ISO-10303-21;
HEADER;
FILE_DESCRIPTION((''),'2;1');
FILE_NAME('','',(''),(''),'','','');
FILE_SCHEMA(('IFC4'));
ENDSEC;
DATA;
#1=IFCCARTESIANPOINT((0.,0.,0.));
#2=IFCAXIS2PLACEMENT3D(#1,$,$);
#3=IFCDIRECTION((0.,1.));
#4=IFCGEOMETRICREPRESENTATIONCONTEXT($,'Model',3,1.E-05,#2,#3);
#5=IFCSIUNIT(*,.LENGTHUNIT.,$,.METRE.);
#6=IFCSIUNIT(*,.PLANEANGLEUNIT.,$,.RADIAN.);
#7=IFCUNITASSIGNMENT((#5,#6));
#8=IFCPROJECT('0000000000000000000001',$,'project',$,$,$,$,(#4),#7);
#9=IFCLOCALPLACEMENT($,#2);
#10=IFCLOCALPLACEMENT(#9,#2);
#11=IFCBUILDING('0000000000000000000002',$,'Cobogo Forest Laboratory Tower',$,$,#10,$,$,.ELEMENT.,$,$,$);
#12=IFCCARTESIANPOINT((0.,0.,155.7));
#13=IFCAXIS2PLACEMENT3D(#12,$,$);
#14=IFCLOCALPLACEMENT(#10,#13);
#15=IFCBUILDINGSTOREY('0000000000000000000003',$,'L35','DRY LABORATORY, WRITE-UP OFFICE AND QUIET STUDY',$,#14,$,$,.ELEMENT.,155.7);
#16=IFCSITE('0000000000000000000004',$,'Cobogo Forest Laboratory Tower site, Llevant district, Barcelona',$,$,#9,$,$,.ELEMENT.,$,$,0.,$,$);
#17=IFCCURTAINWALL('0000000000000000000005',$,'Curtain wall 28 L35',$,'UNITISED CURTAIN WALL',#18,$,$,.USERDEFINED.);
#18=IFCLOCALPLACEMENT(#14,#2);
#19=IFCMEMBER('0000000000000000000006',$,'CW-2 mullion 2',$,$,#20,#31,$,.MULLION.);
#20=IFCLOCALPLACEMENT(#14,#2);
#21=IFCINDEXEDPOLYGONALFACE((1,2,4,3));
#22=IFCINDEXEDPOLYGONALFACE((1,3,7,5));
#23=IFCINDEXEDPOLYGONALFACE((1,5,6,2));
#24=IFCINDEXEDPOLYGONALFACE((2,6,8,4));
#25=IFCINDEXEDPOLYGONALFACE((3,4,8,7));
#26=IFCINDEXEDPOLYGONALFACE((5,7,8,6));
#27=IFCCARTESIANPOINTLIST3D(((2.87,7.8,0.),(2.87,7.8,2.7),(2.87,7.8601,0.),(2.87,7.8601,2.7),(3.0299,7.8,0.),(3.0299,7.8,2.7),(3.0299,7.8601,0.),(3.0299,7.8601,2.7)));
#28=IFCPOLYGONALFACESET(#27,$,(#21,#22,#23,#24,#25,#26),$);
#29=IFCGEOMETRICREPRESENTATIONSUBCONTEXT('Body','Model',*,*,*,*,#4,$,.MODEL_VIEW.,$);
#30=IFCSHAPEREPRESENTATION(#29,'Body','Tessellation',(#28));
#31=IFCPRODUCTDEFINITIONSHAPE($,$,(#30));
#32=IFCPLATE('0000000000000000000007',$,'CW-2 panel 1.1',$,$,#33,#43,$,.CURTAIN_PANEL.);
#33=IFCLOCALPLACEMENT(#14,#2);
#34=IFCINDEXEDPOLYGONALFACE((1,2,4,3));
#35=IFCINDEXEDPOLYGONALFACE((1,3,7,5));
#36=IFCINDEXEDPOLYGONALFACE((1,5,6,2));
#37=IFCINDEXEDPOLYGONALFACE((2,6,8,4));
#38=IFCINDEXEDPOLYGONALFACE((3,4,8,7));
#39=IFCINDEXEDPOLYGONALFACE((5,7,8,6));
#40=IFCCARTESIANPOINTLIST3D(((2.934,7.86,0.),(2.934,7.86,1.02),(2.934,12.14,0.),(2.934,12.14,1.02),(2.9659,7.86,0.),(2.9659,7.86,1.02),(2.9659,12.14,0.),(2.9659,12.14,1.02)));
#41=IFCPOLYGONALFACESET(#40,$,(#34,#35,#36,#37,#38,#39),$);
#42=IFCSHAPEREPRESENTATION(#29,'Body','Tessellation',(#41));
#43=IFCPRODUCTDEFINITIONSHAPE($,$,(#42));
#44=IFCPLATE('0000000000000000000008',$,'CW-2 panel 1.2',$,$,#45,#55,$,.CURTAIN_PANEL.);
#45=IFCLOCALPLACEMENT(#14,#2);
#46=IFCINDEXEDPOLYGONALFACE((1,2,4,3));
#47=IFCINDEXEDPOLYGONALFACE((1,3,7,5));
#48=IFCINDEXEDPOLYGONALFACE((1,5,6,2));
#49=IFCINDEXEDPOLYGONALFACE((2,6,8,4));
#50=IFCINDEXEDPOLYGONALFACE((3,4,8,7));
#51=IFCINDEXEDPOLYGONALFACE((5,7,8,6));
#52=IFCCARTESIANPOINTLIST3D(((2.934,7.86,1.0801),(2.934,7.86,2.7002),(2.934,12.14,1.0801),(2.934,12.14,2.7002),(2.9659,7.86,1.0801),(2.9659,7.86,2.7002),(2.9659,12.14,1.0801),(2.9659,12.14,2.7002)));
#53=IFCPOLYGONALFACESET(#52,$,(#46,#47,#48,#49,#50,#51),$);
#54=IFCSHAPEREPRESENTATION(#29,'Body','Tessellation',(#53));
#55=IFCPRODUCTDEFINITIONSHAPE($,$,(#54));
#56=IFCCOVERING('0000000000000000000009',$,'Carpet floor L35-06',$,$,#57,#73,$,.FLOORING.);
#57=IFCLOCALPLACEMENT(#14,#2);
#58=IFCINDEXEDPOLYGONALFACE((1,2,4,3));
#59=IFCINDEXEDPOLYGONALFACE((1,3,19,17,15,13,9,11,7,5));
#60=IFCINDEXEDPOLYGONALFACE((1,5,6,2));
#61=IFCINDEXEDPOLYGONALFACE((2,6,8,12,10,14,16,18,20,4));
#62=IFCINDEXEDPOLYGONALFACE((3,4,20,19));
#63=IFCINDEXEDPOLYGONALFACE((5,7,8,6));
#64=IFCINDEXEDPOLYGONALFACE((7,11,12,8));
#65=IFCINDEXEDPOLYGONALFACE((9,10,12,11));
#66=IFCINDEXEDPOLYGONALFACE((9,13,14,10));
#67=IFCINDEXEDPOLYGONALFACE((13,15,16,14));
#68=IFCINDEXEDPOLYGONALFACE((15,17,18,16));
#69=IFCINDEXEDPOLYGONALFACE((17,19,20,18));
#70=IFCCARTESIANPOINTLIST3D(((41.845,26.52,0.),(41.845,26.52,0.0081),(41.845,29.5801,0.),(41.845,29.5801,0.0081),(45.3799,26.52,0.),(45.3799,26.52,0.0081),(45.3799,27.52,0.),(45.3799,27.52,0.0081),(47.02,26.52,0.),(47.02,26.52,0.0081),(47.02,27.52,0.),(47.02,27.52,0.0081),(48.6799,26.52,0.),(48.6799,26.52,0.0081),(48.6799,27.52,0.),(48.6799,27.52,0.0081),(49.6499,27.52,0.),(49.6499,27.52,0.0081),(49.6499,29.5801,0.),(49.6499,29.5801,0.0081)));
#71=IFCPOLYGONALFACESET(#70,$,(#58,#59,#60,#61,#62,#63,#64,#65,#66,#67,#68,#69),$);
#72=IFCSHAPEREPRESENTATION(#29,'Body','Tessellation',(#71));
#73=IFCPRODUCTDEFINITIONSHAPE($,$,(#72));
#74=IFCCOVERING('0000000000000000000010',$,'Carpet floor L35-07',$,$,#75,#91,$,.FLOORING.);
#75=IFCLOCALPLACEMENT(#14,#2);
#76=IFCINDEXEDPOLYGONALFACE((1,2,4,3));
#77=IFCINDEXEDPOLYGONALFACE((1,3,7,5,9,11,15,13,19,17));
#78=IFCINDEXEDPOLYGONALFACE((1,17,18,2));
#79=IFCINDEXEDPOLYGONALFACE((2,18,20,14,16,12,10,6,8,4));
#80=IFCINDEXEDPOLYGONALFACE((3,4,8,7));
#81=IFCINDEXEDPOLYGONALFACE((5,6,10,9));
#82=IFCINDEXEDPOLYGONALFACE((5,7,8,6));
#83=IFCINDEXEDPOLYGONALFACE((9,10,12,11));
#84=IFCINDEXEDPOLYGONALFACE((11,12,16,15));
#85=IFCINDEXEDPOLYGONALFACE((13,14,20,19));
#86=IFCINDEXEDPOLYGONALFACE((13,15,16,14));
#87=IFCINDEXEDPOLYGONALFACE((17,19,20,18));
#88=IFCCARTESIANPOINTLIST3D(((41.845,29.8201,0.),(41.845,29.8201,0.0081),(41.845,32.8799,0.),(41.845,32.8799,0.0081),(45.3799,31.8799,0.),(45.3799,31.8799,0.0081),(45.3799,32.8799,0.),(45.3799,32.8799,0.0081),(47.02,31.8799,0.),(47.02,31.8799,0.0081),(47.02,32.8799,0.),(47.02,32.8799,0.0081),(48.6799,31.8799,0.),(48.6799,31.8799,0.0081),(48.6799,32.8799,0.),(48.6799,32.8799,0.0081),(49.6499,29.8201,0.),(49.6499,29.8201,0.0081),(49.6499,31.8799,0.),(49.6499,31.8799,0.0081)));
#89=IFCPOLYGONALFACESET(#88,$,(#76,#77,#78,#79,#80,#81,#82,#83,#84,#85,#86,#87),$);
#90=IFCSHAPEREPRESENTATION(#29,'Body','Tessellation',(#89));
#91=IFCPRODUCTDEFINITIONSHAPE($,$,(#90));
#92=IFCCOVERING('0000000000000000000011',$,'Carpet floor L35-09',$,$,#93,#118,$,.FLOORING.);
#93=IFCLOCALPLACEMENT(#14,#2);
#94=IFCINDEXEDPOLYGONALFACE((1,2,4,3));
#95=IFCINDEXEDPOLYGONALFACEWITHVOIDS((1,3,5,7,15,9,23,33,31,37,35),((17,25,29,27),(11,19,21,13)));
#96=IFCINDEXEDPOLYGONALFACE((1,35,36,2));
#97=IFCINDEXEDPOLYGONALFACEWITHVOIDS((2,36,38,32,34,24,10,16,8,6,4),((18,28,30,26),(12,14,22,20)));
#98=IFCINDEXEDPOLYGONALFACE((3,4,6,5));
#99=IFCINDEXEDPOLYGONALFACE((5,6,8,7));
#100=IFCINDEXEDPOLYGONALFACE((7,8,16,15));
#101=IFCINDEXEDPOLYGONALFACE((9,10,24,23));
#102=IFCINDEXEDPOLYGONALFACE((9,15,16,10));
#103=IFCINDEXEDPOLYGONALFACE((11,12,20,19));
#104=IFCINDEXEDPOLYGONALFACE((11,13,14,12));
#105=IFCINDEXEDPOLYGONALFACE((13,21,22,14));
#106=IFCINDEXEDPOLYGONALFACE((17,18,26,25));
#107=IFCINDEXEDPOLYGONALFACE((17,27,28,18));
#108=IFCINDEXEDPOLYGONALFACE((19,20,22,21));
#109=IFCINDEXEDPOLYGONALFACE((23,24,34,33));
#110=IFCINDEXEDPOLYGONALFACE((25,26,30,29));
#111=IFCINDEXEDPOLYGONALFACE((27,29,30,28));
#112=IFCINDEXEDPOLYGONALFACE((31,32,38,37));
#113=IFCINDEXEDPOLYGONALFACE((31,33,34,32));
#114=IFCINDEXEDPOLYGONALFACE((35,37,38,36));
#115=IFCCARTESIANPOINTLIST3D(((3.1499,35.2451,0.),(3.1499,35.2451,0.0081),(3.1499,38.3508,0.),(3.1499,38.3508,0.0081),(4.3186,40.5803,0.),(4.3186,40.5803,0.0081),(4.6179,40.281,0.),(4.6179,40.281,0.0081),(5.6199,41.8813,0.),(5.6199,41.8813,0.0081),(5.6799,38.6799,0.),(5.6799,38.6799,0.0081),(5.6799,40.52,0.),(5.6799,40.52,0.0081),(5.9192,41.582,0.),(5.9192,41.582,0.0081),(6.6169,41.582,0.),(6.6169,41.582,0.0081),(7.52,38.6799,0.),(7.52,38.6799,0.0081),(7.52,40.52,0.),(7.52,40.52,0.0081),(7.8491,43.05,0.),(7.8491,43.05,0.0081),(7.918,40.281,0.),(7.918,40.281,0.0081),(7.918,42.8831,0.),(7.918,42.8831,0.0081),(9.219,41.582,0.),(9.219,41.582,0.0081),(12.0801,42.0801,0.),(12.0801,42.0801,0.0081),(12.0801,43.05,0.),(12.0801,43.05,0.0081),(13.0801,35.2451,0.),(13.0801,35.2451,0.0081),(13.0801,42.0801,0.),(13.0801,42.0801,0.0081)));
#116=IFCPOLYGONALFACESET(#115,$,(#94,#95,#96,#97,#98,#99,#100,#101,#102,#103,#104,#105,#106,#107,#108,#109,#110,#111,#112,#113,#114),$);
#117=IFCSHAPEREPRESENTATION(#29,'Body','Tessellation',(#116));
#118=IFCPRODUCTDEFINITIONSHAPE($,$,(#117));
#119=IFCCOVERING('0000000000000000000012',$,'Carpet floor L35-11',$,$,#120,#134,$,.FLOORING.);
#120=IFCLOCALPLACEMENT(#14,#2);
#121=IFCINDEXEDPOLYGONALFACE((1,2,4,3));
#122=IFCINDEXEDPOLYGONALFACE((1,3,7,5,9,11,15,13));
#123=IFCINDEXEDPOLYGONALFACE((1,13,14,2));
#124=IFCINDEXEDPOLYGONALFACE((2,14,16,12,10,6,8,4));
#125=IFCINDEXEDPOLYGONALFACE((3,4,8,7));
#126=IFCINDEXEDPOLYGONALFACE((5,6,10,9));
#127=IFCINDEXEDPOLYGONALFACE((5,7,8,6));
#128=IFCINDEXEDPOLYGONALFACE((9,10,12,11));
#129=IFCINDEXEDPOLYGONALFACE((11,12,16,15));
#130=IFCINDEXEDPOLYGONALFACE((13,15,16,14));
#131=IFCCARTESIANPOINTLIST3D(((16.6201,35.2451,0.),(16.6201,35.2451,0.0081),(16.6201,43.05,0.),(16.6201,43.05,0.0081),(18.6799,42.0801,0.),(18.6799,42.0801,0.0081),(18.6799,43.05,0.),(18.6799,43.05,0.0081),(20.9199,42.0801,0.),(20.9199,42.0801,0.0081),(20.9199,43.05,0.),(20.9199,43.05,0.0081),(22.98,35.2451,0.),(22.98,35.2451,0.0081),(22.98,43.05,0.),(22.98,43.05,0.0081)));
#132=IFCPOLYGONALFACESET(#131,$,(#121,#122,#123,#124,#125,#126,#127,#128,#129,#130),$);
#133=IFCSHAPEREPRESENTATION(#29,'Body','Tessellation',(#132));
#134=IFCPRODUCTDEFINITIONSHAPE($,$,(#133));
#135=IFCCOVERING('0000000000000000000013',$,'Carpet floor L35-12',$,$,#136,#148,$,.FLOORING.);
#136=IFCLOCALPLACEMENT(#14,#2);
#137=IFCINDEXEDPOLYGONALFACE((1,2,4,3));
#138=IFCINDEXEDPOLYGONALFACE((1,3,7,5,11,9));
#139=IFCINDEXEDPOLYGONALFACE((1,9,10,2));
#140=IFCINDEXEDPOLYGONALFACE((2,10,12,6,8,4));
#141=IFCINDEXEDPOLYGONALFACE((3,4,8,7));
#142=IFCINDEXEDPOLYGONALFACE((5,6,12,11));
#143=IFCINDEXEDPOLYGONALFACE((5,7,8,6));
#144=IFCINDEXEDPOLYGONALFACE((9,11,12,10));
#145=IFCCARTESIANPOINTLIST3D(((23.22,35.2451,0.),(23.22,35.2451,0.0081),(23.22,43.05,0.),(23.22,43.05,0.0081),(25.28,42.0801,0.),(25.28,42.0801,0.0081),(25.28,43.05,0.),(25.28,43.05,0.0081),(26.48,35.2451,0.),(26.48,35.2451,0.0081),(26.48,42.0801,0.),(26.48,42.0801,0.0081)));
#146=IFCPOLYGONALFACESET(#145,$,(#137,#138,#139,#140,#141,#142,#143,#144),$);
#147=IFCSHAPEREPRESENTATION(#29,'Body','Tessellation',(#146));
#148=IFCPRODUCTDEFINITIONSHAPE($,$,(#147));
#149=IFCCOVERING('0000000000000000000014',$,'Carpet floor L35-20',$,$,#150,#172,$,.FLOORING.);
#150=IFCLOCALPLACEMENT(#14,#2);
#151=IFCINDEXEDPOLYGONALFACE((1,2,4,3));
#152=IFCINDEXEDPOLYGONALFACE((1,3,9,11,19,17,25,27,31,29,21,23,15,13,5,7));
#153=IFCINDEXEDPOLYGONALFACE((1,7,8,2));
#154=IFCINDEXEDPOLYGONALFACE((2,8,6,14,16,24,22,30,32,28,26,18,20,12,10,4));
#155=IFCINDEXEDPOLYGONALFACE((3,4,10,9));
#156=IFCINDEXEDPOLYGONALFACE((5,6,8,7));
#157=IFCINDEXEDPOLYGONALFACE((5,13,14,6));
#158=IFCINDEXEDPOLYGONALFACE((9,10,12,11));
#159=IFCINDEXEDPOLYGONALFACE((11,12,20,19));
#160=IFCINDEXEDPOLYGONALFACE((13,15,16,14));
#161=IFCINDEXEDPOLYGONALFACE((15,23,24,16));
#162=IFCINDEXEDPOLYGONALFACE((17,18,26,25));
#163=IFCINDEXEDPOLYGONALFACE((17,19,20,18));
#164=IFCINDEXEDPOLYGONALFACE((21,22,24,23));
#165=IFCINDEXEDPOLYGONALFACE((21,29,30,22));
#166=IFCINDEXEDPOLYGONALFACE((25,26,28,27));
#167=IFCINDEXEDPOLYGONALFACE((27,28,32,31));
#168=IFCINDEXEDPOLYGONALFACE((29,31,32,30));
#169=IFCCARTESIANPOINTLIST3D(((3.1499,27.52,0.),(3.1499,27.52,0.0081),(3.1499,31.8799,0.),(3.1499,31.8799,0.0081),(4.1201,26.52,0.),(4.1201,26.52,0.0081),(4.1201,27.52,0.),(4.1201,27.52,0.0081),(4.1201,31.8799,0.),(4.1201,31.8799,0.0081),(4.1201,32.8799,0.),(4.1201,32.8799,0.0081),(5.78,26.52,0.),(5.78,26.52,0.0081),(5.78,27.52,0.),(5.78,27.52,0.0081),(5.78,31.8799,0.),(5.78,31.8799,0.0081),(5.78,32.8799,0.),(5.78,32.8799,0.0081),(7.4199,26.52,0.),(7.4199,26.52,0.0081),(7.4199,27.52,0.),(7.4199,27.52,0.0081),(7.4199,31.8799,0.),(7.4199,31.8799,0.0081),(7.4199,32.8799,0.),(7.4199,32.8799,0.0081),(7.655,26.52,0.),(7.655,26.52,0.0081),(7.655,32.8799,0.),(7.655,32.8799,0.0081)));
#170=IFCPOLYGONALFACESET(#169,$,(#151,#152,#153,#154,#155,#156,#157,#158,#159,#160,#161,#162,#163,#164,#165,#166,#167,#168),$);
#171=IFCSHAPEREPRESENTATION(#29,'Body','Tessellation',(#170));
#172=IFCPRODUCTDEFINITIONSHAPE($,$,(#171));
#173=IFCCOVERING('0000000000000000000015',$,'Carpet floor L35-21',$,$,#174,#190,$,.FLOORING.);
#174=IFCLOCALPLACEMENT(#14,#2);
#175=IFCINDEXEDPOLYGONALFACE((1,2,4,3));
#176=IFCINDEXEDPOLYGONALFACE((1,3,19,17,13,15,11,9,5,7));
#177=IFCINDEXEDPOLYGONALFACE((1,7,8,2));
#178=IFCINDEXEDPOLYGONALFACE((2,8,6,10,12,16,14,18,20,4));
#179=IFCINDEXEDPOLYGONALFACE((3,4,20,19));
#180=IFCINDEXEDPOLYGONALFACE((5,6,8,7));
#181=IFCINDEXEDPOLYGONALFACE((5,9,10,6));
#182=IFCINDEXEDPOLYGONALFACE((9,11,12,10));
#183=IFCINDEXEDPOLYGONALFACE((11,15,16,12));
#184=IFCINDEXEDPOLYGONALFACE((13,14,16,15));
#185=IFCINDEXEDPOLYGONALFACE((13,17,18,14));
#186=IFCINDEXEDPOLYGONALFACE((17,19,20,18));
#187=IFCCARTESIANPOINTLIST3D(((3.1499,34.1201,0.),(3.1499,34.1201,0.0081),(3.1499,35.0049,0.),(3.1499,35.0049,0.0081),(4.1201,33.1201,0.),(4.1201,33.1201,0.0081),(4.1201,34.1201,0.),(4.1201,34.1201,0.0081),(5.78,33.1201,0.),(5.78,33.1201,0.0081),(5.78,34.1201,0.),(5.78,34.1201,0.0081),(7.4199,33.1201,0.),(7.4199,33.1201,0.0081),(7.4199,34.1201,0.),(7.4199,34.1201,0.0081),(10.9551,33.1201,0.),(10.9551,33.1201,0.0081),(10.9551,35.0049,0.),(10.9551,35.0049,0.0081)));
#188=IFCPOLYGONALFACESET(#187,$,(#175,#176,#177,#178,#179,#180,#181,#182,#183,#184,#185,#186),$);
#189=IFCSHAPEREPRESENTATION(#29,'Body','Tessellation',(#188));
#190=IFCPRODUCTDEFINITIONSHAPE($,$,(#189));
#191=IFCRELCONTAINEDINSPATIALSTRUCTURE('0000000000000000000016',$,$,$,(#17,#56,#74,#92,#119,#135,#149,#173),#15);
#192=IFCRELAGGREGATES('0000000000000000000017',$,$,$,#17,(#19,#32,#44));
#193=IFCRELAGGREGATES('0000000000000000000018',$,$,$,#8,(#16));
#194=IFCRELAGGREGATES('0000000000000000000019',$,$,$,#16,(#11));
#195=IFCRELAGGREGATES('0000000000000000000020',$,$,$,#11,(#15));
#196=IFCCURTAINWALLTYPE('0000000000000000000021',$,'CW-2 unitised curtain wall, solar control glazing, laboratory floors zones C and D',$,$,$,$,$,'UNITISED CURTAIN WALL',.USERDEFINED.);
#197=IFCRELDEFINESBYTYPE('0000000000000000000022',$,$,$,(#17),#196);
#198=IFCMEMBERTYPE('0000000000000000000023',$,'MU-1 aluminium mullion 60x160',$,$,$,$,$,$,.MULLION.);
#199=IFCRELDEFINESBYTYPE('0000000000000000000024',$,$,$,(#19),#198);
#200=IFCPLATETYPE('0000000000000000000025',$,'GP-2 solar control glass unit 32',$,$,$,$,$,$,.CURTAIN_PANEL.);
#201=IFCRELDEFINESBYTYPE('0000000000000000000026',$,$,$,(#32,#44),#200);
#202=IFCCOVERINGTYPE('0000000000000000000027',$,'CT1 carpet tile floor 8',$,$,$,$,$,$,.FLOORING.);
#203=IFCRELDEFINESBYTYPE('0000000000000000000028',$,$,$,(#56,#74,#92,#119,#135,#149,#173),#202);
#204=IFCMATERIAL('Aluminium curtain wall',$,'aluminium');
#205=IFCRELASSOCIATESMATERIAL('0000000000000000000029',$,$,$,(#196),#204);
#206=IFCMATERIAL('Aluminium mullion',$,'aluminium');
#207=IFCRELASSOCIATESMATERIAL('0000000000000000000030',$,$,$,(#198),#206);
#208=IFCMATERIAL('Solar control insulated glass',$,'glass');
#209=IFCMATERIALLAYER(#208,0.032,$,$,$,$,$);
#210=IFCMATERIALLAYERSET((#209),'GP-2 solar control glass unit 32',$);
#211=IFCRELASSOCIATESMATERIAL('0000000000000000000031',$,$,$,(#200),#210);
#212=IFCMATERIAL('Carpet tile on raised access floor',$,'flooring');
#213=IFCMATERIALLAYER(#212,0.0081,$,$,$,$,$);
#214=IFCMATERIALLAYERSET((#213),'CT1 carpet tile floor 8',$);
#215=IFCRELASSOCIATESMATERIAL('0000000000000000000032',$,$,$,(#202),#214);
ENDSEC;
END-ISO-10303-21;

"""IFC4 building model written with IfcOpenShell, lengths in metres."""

from ifc_helpers import new_model, si_unit, direction, frame, origin, origin_2d, place, context, subcontext, project, spatial, polyline, rectangle, outline, extrude, material, layer, layer_set, material_profile, profile_set, type_object, element, aggregate, save


model = new_model("IFC4")

# Units and contexts
model_context = context("Model", 3, precision=1e-05, world=origin(), true_north=direction((0.0, 1.0)))
body_context = subcontext(model_context, "Body", "Model", "MODEL_VIEW")
ifc_project = project(units=[si_unit("LENGTHUNIT", "METRE"), si_unit("PLANEANGLEUNIT", "RADIAN")], contexts=[model_context])

# Site, building, storey
site_placement = place(None, origin())
site = spatial("IfcSite", under=ifc_project, at=site_placement, Name="Cobogo Forest Laboratory Tower site, Llevant district, Barcelona", CompositionType="ELEMENT", RefElevation=0.0)
building_placement = place(site_placement, origin())
building = spatial("IfcBuilding", under=site, at=building_placement, Name="Cobogo Forest Laboratory Tower", CompositionType="ELEMENT")
storey_placement = place(building_placement, frame((0.0, 0.0, 155.7)))
storey = spatial("IfcBuildingStorey", under=building, at=storey_placement, Name="L35", Description="DRY LABORATORY, WRITE-UP OFFICE AND QUIET STUDY", CompositionType="ELEMENT", Elevation=155.7)

# Curtain wall, member, plates
ifc_material_1 = material(Name="Aluminium curtain wall", Category="aluminium")
curtain_wall_type = type_object("IfcCurtainWallType", Name="CW-2 unitised curtain wall, solar control glazing, laboratory floors zones C and D", ElementType="UNITISED CURTAIN WALL", PredefinedType="USERDEFINED", material=ifc_material_1)
curtain_wall_placement = place(storey_placement, origin())
curtain_wall = element("IfcCurtainWall", 1, at=curtain_wall_placement, inside=storey, type_object=curtain_wall_type, Name="Curtain wall 28 L35", ObjectType="UNITISED CURTAIN WALL", PredefinedType="USERDEFINED")
ifc_material_2 = material(Name="Aluminium mullion", Category="aluminium")
ifc_material_profile = material_profile(ifc_material_2, rectangle(XDim=0.0601, YDim=0.1599, at=origin_2d()), Name="AL 60x160")
ifc_profile_set = profile_set([ifc_material_profile], Name="Aluminium mullion")
member_type = type_object("IfcMemberType", Name="MU-1 aluminium mullion 60x160", PredefinedType="MULLION", material=ifc_profile_set)
member_placement = place(storey_placement, frame((2.95, 7.8301, 0.0), z_axis=(0.0, 0.0, 1.0), x_axis=(0.0, -1.0, 0.0)))
member = element("IfcMember", 2, at=member_placement, type_object=member_type, Name="CW-2 mullion 2", PredefinedType="MULLION", context=body_context, shape_type="SweptSolid", body=[
    extrude(rectangle(XDim=0.0601, YDim=0.1599, at=origin_2d()), origin(), (0.0, 0.0, 1.0), 2.7),
])
ifc_material_3 = material(Name="Solar control insulated glass", Category="glass")
ifc_layer_1 = layer(ifc_material_3, 0.032)
ifc_layer_set_1 = layer_set([ifc_layer_1], Name="GP-2 solar control glass unit 32")
plate_type_1 = type_object("IfcPlateType", Name="GP-2 solar control glass unit 32", PredefinedType="CURTAIN_PANEL", material=ifc_layer_set_1)
plate_1_placement = place(storey_placement, frame((2.95, 10.0, 0.0), z_axis=(0.0, 0.0, 1.0), x_axis=(0.0, -1.0, 0.0)))
plate_1 = element("IfcPlate", 3, at=plate_1_placement, type_object=plate_type_1, Name="CW-2 panel 1.1", PredefinedType="CURTAIN_PANEL", context=body_context, shape_type="SweptSolid", body=[
    extrude(rectangle(XDim=4.28, YDim=0.032, at=origin_2d()), origin(), (0.0, 0.0, 1.0), 1.02),
])
plate_2_placement = place(storey_placement, frame((2.95, 10.0, 1.0801), z_axis=(0.0, 0.0, 1.0), x_axis=(0.0, -1.0, 0.0)))
plate_2 = element("IfcPlate", 4, at=plate_2_placement, type_object=plate_type_1, Name="CW-2 panel 1.2", PredefinedType="CURTAIN_PANEL", context=body_context, shape_type="SweptSolid", body=[
    extrude(rectangle(XDim=4.28, YDim=0.032, at=origin_2d()), origin(), (0.0, 0.0, 1.0), 1.6201),
])
aggregate(curtain_wall, [member, plate_1, plate_2])

# Coverings
ifc_material_4 = material(Name="Carpet tile on raised access floor", Category="flooring")
ifc_layer_2 = layer(ifc_material_4, 0.0081)
ifc_layer_set_2 = layer_set([ifc_layer_2], Name="CT1 carpet tile floor 8")
covering_type_1 = type_object("IfcCoveringType", Name="CT1 carpet tile floor 8", PredefinedType="FLOORING", material=ifc_layer_set_2)
covering_1_placement = place(storey_placement, origin())
element("IfcCovering", 5, at=covering_1_placement, inside=storey, type_object=covering_type_1, Name="Carpet floor L35-06", PredefinedType="FLOORING", context=body_context, shape_type="SweptSolid", body=[
    extrude(outline(polyline([(41.845, 29.5801), (49.6499, 29.5801), (49.6499, 27.52), (48.6799, 27.52), (48.6799, 26.52), (47.02, 26.52), (47.02, 27.52), (45.3799, 27.52), (45.3799, 26.52), (41.845, 26.52), (41.845, 29.5801)])), origin(), (0.0, 0.0, 1.0), 0.0081),
])
covering_2_placement = place(storey_placement, origin())
element("IfcCovering", 6, at=covering_2_placement, inside=storey, type_object=covering_type_1, Name="Carpet floor L35-07", PredefinedType="FLOORING", context=body_context, shape_type="SweptSolid", body=[
    extrude(outline(polyline([(41.845, 32.8799), (45.3799, 32.8799), (45.3799, 31.8799), (47.02, 31.8799), (47.02, 32.8799), (48.6799, 32.8799), (48.6799, 31.8799), (49.6499, 31.8799), (49.6499, 29.8201), (41.845, 29.8201), (41.845, 32.8799)])), origin(), (0.0, 0.0, 1.0), 0.0081),
])
covering_3_placement = place(storey_placement, origin())
element("IfcCovering", 7, at=covering_3_placement, inside=storey, type_object=covering_type_1, Name="Carpet floor L35-09", PredefinedType="FLOORING", context=body_context, shape_type="SweptSolid", body=[
    extrude(outline(polyline([(3.1499, 35.2451), (3.1499, 38.3508), (4.3186, 40.5803), (4.6179, 40.281), (5.9192, 41.582), (5.6199, 41.8813), (7.8491, 43.05), (12.0801, 43.05), (12.0801, 42.0801), (13.0801, 42.0801), (13.0801, 35.2451), (3.1499, 35.2451)]), holes=[polyline([(7.918, 40.281), (9.219, 41.582), (7.918, 42.8831), (6.6169, 41.582), (7.918, 40.281)]), polyline([(5.6799, 38.6799), (7.52, 38.6799), (7.52, 40.52), (5.6799, 40.52), (5.6799, 38.6799)])]), origin(), (0.0, 0.0, 1.0), 0.0081),
])
covering_4_placement = place(storey_placement, origin())
element("IfcCovering", 8, at=covering_4_placement, inside=storey, type_object=covering_type_1, Name="Carpet floor L35-11", PredefinedType="FLOORING", context=body_context, shape_type="SweptSolid", body=[
    extrude(outline(polyline([(16.6201, 35.2451), (16.6201, 43.05), (18.6799, 43.05), (18.6799, 42.0801), (20.9199, 42.0801), (20.9199, 43.05), (22.98, 43.05), (22.98, 35.2451), (16.6201, 35.2451)])), origin(), (0.0, 0.0, 1.0), 0.0081),
])
covering_5_placement = place(storey_placement, origin())
element("IfcCovering", 9, at=covering_5_placement, inside=storey, type_object=covering_type_1, Name="Carpet floor L35-12", PredefinedType="FLOORING", context=body_context, shape_type="SweptSolid", body=[
    extrude(outline(polyline([(23.22, 35.2451), (23.22, 43.05), (25.28, 43.05), (25.28, 42.0801), (26.48, 42.0801), (26.48, 35.2451), (23.22, 35.2451)])), origin(), (0.0, 0.0, 1.0), 0.0081),
])
covering_6_placement = place(storey_placement, origin())
element("IfcCovering", 10, at=covering_6_placement, inside=storey, type_object=covering_type_1, Name="Carpet floor L35-20", PredefinedType="FLOORING", context=body_context, shape_type="SweptSolid", body=[
    extrude(outline(polyline([(7.655, 26.52), (7.4199, 26.52), (7.4199, 27.52), (5.78, 27.52), (5.78, 26.52), (4.1201, 26.52), (4.1201, 27.52), (3.1499, 27.52), (3.1499, 31.8799), (4.1201, 31.8799), (4.1201, 32.8799), (5.78, 32.8799), (5.78, 31.8799), (7.4199, 31.8799), (7.4199, 32.8799), (7.655, 32.8799), (7.655, 26.52)])), origin(), (0.0, 0.0, 1.0), 0.0081),
])
covering_7_placement = place(storey_placement, origin())
element("IfcCovering", 11, at=covering_7_placement, inside=storey, type_object=covering_type_1, Name="Carpet floor L35-21", PredefinedType="FLOORING", context=body_context, shape_type="SweptSolid", body=[
    extrude(outline(polyline([(10.9551, 33.1201), (7.4199, 33.1201), (7.4199, 34.1201), (5.78, 34.1201), (5.78, 33.1201), (4.1201, 33.1201), (4.1201, 34.1201), (3.1499, 34.1201), (3.1499, 35.0049), (10.9551, 35.0049), (10.9551, 33.1201)])), origin(), (0.0, 0.0, 1.0), 0.0081),
])

save(model, "model.ifc")
